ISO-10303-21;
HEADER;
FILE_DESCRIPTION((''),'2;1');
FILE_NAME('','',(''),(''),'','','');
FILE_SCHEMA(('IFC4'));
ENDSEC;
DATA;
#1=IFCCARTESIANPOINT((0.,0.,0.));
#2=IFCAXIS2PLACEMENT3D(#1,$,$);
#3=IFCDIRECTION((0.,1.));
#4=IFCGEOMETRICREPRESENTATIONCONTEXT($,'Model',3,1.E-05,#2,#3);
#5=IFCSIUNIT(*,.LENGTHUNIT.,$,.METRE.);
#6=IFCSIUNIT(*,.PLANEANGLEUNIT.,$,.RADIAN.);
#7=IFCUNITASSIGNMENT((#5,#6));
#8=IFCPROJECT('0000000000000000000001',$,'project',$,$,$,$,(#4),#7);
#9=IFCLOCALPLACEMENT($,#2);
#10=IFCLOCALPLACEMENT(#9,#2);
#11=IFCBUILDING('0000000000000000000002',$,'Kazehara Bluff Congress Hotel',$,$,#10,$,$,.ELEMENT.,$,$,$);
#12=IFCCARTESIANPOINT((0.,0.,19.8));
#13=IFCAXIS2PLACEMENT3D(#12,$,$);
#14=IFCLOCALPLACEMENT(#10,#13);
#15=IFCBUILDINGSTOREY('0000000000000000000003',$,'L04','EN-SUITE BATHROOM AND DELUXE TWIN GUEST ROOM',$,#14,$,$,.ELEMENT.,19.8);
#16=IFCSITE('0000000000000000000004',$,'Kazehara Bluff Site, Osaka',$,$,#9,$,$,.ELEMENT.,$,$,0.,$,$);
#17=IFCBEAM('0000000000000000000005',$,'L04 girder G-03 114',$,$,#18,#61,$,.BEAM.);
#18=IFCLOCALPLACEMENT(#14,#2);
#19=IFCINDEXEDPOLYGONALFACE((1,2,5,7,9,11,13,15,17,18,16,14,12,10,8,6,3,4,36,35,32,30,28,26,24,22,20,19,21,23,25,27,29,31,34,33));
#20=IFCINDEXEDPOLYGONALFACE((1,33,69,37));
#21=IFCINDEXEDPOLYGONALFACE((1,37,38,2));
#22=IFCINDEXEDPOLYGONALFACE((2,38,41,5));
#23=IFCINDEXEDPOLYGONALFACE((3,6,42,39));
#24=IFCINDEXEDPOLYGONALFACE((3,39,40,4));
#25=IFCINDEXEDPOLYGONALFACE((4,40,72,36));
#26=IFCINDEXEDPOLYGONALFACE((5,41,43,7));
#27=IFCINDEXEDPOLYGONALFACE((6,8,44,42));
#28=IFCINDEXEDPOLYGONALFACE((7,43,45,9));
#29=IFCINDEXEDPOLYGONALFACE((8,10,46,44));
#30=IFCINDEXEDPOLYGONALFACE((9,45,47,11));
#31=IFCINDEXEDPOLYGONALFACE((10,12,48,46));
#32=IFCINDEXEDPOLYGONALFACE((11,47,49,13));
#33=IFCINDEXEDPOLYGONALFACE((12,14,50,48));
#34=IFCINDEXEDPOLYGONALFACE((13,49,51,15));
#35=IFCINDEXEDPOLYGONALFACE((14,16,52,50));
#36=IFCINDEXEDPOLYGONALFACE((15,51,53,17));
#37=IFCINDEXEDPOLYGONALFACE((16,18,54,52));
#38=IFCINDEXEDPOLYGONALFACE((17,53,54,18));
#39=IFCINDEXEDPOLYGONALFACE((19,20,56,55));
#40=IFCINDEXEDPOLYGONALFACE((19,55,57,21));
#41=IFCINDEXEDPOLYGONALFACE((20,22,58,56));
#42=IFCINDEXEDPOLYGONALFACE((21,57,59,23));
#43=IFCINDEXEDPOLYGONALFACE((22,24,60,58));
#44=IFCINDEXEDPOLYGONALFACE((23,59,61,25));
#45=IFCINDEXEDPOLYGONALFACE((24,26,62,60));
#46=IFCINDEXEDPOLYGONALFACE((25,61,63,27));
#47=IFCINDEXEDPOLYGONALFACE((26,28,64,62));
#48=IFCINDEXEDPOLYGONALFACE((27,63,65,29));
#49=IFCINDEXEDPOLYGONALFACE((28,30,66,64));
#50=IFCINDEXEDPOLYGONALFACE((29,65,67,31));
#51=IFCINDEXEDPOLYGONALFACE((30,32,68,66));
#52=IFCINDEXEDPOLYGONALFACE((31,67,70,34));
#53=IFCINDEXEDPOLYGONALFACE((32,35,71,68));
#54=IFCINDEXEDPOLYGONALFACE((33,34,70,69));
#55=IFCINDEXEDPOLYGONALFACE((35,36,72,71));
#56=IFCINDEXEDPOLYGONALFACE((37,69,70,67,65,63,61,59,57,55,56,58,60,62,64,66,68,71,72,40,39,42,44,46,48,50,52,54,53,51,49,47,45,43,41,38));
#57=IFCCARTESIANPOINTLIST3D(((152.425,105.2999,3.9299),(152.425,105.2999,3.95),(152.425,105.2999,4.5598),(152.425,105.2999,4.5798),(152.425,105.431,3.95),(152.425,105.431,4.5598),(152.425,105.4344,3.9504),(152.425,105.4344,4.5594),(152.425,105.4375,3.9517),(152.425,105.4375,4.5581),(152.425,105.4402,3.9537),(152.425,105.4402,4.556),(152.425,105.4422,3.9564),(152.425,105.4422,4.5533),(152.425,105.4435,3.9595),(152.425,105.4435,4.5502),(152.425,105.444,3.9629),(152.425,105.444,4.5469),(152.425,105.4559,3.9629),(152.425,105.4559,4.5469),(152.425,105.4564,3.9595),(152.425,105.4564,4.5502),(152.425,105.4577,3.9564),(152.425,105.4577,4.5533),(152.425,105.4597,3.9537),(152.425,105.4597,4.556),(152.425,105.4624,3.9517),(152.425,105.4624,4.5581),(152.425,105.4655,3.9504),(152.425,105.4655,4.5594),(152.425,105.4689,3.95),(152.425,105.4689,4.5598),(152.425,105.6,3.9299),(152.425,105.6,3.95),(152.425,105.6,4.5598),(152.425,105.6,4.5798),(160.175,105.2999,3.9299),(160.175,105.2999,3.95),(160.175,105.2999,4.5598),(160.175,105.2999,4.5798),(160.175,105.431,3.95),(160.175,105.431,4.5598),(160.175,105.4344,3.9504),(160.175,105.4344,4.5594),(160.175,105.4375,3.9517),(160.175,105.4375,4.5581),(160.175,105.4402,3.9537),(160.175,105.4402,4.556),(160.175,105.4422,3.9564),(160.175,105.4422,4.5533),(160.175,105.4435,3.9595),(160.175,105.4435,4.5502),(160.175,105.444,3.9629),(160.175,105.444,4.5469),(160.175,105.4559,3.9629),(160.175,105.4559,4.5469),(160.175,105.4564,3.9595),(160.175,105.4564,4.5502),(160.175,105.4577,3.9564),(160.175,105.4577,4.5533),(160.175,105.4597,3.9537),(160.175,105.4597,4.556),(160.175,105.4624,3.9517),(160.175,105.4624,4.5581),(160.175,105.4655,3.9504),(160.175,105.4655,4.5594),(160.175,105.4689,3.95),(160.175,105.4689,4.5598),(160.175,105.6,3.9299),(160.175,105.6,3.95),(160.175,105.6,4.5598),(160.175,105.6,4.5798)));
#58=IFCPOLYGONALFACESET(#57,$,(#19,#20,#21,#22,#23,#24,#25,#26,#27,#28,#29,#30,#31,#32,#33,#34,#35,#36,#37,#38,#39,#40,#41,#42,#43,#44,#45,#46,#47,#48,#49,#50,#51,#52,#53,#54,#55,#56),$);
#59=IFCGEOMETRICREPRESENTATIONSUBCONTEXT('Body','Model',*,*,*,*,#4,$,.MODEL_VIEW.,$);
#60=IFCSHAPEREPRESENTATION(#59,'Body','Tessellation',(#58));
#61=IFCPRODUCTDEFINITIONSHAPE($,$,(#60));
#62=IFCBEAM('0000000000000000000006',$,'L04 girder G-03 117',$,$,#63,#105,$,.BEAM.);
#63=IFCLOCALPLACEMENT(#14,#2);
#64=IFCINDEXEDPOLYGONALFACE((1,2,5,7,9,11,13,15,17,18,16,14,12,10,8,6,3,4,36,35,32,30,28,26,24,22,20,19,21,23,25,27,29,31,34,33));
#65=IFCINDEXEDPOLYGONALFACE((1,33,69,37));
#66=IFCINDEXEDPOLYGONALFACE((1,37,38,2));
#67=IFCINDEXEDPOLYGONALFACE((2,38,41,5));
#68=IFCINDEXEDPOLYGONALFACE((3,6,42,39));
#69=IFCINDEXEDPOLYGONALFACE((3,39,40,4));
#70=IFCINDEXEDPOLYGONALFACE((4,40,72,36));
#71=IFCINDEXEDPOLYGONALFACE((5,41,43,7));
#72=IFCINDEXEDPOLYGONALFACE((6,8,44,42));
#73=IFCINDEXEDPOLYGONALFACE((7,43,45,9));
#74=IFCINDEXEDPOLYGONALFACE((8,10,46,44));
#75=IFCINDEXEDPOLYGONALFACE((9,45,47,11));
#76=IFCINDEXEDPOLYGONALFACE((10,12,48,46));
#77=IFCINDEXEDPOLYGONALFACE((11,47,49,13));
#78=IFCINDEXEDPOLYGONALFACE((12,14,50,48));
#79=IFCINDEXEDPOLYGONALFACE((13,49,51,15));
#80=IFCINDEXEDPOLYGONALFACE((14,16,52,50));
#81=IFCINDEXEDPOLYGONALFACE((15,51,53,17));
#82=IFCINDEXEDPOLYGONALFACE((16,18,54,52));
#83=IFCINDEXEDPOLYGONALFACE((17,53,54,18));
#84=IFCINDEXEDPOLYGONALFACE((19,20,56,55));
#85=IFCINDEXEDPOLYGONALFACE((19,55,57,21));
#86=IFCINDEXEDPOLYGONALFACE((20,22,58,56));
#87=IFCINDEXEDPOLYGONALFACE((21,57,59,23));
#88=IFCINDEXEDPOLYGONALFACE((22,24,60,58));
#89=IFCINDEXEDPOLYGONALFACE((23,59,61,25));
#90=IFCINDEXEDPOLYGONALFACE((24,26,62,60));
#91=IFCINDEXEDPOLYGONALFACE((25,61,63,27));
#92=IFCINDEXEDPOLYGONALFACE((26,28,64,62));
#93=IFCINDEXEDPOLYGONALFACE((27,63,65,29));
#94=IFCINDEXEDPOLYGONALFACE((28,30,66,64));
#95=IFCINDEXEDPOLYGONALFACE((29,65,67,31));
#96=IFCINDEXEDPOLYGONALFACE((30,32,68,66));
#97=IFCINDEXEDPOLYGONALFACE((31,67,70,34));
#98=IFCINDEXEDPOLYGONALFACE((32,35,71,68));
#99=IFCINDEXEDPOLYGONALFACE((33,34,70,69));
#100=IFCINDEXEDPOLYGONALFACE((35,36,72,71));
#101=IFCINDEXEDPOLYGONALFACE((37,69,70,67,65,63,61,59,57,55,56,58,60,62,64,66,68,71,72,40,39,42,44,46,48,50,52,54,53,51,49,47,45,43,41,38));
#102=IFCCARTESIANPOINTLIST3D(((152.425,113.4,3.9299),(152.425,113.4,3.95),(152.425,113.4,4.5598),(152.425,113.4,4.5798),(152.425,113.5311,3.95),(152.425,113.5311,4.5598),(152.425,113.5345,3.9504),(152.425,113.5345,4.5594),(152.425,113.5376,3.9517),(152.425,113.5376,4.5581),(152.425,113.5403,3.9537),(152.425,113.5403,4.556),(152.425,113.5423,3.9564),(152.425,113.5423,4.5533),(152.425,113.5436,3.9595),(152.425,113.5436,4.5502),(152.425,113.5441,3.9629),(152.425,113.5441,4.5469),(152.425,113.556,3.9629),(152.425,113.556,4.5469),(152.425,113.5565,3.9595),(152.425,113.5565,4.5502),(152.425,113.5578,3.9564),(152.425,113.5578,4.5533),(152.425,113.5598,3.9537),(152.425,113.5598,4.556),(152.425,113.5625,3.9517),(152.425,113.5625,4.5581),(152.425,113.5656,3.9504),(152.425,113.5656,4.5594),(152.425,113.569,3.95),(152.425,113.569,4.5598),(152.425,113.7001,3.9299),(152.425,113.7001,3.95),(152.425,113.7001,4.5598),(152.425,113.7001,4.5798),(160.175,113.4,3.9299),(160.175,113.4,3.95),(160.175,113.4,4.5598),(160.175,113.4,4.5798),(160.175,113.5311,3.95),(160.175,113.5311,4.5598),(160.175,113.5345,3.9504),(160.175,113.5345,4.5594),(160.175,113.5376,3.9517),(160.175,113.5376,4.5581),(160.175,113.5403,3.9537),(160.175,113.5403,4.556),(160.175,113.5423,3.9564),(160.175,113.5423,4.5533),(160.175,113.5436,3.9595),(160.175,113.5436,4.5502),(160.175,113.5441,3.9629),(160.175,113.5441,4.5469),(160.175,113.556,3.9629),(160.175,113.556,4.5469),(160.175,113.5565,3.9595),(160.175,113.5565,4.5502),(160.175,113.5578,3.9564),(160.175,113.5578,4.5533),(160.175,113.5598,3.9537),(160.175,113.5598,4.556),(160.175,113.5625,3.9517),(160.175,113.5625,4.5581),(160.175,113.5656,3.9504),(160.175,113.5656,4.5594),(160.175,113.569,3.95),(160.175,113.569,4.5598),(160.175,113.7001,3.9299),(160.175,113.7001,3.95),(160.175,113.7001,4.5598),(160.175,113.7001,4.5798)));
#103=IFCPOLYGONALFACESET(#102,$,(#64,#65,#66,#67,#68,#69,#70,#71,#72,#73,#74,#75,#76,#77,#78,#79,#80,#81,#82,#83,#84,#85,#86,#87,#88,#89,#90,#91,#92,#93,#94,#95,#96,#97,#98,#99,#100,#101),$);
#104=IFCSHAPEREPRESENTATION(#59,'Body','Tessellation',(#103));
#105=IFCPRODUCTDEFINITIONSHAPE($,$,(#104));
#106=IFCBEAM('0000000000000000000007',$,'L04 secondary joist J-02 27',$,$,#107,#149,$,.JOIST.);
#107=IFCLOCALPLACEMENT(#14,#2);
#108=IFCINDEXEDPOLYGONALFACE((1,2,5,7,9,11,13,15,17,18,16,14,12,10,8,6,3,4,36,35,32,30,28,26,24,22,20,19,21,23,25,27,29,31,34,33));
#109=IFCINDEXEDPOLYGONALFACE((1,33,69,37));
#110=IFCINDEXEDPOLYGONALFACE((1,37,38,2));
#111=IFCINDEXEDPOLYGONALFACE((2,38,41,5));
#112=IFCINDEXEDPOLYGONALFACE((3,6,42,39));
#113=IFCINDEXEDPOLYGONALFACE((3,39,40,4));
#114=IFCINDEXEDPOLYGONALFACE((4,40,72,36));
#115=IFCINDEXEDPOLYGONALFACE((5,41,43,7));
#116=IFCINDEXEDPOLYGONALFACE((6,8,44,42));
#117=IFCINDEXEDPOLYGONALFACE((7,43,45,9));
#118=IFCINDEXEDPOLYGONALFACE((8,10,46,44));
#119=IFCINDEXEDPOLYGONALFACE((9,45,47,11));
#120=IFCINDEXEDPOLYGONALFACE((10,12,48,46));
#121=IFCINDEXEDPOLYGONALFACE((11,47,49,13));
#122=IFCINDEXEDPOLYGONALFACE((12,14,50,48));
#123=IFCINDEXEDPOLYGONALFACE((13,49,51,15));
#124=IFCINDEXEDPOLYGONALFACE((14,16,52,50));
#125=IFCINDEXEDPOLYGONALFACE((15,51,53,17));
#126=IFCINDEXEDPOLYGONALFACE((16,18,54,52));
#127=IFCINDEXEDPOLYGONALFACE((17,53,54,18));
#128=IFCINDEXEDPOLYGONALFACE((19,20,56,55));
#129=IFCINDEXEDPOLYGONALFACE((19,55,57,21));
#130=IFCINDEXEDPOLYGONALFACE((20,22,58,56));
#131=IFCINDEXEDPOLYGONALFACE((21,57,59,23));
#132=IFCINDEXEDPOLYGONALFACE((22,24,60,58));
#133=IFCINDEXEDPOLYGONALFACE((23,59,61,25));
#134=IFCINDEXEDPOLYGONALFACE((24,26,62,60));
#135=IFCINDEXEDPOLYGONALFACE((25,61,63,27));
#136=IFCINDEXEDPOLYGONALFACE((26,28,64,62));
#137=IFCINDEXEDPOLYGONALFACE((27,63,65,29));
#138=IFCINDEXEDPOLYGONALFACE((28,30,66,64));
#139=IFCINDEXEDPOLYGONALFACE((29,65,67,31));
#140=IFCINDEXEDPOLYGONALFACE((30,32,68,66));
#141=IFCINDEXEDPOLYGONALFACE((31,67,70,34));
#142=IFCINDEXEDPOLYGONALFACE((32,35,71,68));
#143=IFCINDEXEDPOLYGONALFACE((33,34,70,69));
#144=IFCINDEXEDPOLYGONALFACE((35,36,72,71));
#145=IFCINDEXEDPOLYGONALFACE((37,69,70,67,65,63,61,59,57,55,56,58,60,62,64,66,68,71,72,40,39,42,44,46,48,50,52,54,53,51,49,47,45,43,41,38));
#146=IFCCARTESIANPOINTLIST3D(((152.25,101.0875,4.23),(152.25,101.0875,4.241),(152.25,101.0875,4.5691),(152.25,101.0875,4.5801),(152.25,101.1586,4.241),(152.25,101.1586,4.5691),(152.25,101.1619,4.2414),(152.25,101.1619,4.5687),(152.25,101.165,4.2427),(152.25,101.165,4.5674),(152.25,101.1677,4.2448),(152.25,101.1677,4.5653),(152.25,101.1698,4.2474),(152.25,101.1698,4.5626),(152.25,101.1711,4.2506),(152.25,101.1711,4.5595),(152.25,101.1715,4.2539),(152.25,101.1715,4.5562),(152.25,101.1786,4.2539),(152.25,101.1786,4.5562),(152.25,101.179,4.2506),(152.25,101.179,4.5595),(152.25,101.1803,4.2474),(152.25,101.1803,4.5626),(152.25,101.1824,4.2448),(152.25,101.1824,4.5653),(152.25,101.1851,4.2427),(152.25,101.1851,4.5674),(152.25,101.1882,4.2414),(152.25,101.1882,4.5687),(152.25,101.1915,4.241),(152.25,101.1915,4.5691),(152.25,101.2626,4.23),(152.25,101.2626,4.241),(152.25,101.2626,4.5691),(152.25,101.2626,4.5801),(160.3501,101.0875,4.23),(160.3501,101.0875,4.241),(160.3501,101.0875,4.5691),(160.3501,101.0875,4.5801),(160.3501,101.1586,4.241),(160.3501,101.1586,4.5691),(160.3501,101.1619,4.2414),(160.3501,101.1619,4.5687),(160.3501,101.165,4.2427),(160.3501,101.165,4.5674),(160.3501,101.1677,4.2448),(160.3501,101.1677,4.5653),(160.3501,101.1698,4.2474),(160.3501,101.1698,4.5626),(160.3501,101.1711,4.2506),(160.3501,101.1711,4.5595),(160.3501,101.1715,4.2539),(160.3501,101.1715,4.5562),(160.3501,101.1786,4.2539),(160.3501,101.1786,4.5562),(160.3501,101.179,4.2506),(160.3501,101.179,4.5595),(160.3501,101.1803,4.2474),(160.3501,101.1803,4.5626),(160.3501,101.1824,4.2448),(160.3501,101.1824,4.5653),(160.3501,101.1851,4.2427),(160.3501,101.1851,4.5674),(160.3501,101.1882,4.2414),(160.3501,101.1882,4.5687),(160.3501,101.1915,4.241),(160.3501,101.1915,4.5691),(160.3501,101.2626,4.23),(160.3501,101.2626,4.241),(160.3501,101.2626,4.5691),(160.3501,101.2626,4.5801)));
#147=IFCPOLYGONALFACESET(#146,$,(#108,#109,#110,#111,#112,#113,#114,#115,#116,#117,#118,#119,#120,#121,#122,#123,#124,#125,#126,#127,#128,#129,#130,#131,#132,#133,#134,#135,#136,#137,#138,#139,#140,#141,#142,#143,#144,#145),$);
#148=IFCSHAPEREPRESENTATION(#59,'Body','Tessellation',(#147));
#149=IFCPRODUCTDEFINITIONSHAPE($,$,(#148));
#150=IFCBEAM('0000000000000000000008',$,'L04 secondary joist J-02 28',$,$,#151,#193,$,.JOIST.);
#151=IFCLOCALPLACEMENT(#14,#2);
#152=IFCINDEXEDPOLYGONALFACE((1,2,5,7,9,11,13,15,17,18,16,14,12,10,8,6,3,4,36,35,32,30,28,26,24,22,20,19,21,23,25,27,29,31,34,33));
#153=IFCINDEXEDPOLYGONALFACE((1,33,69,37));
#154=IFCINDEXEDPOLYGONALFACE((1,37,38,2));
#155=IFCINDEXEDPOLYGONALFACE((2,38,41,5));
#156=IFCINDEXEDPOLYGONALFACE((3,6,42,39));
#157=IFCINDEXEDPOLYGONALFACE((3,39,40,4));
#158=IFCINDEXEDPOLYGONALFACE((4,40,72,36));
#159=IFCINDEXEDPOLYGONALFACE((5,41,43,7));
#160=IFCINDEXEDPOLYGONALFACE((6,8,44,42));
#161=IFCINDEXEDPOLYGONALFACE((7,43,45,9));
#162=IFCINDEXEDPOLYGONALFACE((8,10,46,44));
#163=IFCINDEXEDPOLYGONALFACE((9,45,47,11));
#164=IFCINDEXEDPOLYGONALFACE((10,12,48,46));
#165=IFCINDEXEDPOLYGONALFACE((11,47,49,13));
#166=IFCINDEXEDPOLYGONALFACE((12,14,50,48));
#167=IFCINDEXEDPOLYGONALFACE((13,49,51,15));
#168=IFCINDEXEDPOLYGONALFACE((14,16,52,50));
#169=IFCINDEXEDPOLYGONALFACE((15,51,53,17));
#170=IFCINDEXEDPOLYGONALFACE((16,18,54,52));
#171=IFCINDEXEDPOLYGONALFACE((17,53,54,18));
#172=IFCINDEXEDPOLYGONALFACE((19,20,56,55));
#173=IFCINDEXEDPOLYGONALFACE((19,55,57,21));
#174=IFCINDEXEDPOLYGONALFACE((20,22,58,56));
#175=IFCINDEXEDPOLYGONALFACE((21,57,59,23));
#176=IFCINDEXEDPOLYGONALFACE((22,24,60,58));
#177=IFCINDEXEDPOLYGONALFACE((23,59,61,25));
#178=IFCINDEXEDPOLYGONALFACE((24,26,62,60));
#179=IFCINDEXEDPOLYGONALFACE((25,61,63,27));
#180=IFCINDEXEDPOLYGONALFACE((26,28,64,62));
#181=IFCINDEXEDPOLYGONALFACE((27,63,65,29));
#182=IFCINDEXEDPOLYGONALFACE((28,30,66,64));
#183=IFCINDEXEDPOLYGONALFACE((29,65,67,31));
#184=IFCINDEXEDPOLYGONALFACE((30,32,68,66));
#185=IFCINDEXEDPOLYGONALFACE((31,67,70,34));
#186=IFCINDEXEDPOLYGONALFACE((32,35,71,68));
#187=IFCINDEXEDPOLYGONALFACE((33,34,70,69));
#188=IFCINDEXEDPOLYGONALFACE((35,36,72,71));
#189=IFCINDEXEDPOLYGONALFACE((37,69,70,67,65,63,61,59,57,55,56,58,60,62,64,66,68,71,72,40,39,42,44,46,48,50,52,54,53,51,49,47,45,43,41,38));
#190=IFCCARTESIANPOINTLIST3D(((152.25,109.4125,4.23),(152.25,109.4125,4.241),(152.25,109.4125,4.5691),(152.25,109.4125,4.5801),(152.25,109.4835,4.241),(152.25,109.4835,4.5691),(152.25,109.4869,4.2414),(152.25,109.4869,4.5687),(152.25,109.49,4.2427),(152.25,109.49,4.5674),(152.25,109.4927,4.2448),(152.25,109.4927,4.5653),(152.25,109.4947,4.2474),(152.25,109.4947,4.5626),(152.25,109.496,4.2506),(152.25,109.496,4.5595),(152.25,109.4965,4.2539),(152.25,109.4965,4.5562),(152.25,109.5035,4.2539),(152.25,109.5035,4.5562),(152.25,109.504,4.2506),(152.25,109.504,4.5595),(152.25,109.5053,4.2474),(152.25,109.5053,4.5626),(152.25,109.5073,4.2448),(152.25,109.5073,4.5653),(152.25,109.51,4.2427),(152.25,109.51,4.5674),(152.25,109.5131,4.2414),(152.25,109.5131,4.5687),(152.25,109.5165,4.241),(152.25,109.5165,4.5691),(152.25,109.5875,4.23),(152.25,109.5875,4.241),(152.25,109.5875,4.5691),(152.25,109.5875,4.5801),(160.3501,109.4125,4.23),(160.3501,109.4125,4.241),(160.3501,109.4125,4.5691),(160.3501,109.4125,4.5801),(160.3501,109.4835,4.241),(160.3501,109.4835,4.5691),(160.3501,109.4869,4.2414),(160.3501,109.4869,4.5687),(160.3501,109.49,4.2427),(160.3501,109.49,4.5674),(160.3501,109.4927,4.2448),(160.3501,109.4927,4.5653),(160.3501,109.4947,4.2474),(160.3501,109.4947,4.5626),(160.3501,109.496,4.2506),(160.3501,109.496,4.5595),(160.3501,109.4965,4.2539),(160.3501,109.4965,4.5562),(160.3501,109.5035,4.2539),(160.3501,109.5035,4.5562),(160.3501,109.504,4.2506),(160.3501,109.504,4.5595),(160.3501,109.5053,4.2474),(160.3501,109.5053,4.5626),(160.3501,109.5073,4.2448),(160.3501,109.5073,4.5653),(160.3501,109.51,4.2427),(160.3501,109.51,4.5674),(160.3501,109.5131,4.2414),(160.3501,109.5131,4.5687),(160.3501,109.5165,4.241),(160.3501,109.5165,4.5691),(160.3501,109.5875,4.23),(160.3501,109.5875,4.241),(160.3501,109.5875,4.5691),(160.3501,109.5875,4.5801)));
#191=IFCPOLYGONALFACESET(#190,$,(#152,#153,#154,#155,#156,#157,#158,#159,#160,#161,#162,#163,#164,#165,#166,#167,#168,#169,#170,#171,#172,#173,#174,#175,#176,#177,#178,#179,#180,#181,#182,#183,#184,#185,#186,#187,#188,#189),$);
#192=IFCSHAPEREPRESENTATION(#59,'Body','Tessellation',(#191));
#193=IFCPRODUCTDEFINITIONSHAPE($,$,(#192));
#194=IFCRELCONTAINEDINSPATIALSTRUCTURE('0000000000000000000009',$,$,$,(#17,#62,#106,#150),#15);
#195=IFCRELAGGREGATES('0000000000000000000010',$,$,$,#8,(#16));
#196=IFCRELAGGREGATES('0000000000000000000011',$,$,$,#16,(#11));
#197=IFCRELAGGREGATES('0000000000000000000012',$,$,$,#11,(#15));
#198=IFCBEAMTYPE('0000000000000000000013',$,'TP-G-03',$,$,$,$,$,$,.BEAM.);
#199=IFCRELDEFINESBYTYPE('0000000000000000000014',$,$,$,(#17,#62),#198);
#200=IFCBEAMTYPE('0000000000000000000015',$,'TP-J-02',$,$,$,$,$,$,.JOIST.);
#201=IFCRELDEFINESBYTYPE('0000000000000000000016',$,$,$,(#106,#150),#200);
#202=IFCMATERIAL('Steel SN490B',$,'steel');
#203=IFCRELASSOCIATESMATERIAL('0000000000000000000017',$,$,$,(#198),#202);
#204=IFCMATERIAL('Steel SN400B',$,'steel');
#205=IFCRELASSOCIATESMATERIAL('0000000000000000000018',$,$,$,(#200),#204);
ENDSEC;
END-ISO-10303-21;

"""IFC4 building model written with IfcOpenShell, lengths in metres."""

from ifc_helpers import new_model, si_unit, direction, frame, origin, origin_2d, place, context, subcontext, project, spatial, i_section, extrude, material, material_profile, profile_set, type_object, element, save


model = new_model("IFC4")

# Units and contexts
model_context = context("Model", 3, precision=1e-05, world=origin(), true_north=direction((0.0, 1.0)))
body_context = subcontext(model_context, "Body", "Model", "MODEL_VIEW")
ifc_project = project(units=[si_unit("LENGTHUNIT", "METRE"), si_unit("PLANEANGLEUNIT", "RADIAN")], contexts=[model_context])

# Site, building, storey
site_placement = place(None, origin())
site = spatial("IfcSite", under=ifc_project, at=site_placement, Name="Kazehara Bluff Site, Osaka", CompositionType="ELEMENT", RefElevation=0.0)
building_placement = place(site_placement, origin())
building = spatial("IfcBuilding", under=site, at=building_placement, Name="Kazehara Bluff Congress Hotel", CompositionType="ELEMENT")
storey_placement = place(building_placement, frame((0.0, 0.0, 19.8)))
storey = spatial("IfcBuildingStorey", under=building, at=storey_placement, Name="L04", Description="EN-SUITE BATHROOM AND DELUXE TWIN GUEST ROOM", CompositionType="ELEMENT", Elevation=19.8)

# Beams
ifc_material_1 = material(Name="Steel SN490B", Category="steel")
ifc_material_profile_1 = material_profile(ifc_material_1, i_section(OverallWidth=0.3, OverallDepth=0.6499, WebThickness=0.012, FlangeThickness=0.02, FilletRadius=0.0129, at=origin_2d()))
ifc_profile_set_1 = profile_set([ifc_material_profile_1], Name="Steel SN490B")
beam_type_1 = type_object("IfcBeamType", Name="TP-G-03", PredefinedType="BEAM", material=ifc_profile_set_1)
for number, where, z_axis, x_axis, name in (
    (1, (152.425, 105.45, 4.2549), (1.0, 0.0, 0.0), (0.0, 1.0, 0.0), "L04 girder G-03 114"),
    (2, (152.425, 113.55, 4.2549), (1.0, 0.0, 0.0), (0.0, 1.0, 0.0), "L04 girder G-03 117"),
):
    element("IfcBeam", number, at=place(storey_placement, frame(where, z_axis=z_axis, x_axis=x_axis)), inside=storey, type_object=beam_type_1, Name=name, PredefinedType="BEAM", context=body_context, shape_type="SweptSolid", body=[
        extrude(i_section(OverallWidth=0.3, OverallDepth=0.6499, WebThickness=0.012, FlangeThickness=0.02, FilletRadius=0.0129, at=origin_2d()), origin(), (0.0, 0.0, 1.0), 7.75),
    ])
ifc_material_2 = material(Name="Steel SN400B", Category="steel")
ifc_material_profile_2 = material_profile(ifc_material_2, i_section(OverallWidth=0.175, OverallDepth=0.3501, WebThickness=0.0071, FlangeThickness=0.011, FilletRadius=0.0129, at=origin_2d()))
ifc_profile_set_2 = profile_set([ifc_material_profile_2], Name="Steel SN400B")
beam_type_2 = type_object("IfcBeamType", Name="TP-J-02", PredefinedType="JOIST", material=ifc_profile_set_2)
for number, where, z_axis, x_axis, name in (
    (3, (152.25, 101.175, 4.405), (1.0, 0.0, 0.0), (0.0, 1.0, 0.0), "L04 secondary joist J-02 27"),
    (4, (152.25, 109.5, 4.405), (1.0, 0.0, 0.0), (0.0, 1.0, 0.0), "L04 secondary joist J-02 28"),
):
    element("IfcBeam", number, at=place(storey_placement, frame(where, z_axis=z_axis, x_axis=x_axis)), inside=storey, type_object=beam_type_2, Name=name, PredefinedType="JOIST", context=body_context, shape_type="SweptSolid", body=[
        extrude(i_section(OverallWidth=0.175, OverallDepth=0.3501, WebThickness=0.0071, FlangeThickness=0.011, FilletRadius=0.0129, at=origin_2d()), origin(), (0.0, 0.0, 1.0), 8.1001),
    ])

save(model, "model.ifc")
